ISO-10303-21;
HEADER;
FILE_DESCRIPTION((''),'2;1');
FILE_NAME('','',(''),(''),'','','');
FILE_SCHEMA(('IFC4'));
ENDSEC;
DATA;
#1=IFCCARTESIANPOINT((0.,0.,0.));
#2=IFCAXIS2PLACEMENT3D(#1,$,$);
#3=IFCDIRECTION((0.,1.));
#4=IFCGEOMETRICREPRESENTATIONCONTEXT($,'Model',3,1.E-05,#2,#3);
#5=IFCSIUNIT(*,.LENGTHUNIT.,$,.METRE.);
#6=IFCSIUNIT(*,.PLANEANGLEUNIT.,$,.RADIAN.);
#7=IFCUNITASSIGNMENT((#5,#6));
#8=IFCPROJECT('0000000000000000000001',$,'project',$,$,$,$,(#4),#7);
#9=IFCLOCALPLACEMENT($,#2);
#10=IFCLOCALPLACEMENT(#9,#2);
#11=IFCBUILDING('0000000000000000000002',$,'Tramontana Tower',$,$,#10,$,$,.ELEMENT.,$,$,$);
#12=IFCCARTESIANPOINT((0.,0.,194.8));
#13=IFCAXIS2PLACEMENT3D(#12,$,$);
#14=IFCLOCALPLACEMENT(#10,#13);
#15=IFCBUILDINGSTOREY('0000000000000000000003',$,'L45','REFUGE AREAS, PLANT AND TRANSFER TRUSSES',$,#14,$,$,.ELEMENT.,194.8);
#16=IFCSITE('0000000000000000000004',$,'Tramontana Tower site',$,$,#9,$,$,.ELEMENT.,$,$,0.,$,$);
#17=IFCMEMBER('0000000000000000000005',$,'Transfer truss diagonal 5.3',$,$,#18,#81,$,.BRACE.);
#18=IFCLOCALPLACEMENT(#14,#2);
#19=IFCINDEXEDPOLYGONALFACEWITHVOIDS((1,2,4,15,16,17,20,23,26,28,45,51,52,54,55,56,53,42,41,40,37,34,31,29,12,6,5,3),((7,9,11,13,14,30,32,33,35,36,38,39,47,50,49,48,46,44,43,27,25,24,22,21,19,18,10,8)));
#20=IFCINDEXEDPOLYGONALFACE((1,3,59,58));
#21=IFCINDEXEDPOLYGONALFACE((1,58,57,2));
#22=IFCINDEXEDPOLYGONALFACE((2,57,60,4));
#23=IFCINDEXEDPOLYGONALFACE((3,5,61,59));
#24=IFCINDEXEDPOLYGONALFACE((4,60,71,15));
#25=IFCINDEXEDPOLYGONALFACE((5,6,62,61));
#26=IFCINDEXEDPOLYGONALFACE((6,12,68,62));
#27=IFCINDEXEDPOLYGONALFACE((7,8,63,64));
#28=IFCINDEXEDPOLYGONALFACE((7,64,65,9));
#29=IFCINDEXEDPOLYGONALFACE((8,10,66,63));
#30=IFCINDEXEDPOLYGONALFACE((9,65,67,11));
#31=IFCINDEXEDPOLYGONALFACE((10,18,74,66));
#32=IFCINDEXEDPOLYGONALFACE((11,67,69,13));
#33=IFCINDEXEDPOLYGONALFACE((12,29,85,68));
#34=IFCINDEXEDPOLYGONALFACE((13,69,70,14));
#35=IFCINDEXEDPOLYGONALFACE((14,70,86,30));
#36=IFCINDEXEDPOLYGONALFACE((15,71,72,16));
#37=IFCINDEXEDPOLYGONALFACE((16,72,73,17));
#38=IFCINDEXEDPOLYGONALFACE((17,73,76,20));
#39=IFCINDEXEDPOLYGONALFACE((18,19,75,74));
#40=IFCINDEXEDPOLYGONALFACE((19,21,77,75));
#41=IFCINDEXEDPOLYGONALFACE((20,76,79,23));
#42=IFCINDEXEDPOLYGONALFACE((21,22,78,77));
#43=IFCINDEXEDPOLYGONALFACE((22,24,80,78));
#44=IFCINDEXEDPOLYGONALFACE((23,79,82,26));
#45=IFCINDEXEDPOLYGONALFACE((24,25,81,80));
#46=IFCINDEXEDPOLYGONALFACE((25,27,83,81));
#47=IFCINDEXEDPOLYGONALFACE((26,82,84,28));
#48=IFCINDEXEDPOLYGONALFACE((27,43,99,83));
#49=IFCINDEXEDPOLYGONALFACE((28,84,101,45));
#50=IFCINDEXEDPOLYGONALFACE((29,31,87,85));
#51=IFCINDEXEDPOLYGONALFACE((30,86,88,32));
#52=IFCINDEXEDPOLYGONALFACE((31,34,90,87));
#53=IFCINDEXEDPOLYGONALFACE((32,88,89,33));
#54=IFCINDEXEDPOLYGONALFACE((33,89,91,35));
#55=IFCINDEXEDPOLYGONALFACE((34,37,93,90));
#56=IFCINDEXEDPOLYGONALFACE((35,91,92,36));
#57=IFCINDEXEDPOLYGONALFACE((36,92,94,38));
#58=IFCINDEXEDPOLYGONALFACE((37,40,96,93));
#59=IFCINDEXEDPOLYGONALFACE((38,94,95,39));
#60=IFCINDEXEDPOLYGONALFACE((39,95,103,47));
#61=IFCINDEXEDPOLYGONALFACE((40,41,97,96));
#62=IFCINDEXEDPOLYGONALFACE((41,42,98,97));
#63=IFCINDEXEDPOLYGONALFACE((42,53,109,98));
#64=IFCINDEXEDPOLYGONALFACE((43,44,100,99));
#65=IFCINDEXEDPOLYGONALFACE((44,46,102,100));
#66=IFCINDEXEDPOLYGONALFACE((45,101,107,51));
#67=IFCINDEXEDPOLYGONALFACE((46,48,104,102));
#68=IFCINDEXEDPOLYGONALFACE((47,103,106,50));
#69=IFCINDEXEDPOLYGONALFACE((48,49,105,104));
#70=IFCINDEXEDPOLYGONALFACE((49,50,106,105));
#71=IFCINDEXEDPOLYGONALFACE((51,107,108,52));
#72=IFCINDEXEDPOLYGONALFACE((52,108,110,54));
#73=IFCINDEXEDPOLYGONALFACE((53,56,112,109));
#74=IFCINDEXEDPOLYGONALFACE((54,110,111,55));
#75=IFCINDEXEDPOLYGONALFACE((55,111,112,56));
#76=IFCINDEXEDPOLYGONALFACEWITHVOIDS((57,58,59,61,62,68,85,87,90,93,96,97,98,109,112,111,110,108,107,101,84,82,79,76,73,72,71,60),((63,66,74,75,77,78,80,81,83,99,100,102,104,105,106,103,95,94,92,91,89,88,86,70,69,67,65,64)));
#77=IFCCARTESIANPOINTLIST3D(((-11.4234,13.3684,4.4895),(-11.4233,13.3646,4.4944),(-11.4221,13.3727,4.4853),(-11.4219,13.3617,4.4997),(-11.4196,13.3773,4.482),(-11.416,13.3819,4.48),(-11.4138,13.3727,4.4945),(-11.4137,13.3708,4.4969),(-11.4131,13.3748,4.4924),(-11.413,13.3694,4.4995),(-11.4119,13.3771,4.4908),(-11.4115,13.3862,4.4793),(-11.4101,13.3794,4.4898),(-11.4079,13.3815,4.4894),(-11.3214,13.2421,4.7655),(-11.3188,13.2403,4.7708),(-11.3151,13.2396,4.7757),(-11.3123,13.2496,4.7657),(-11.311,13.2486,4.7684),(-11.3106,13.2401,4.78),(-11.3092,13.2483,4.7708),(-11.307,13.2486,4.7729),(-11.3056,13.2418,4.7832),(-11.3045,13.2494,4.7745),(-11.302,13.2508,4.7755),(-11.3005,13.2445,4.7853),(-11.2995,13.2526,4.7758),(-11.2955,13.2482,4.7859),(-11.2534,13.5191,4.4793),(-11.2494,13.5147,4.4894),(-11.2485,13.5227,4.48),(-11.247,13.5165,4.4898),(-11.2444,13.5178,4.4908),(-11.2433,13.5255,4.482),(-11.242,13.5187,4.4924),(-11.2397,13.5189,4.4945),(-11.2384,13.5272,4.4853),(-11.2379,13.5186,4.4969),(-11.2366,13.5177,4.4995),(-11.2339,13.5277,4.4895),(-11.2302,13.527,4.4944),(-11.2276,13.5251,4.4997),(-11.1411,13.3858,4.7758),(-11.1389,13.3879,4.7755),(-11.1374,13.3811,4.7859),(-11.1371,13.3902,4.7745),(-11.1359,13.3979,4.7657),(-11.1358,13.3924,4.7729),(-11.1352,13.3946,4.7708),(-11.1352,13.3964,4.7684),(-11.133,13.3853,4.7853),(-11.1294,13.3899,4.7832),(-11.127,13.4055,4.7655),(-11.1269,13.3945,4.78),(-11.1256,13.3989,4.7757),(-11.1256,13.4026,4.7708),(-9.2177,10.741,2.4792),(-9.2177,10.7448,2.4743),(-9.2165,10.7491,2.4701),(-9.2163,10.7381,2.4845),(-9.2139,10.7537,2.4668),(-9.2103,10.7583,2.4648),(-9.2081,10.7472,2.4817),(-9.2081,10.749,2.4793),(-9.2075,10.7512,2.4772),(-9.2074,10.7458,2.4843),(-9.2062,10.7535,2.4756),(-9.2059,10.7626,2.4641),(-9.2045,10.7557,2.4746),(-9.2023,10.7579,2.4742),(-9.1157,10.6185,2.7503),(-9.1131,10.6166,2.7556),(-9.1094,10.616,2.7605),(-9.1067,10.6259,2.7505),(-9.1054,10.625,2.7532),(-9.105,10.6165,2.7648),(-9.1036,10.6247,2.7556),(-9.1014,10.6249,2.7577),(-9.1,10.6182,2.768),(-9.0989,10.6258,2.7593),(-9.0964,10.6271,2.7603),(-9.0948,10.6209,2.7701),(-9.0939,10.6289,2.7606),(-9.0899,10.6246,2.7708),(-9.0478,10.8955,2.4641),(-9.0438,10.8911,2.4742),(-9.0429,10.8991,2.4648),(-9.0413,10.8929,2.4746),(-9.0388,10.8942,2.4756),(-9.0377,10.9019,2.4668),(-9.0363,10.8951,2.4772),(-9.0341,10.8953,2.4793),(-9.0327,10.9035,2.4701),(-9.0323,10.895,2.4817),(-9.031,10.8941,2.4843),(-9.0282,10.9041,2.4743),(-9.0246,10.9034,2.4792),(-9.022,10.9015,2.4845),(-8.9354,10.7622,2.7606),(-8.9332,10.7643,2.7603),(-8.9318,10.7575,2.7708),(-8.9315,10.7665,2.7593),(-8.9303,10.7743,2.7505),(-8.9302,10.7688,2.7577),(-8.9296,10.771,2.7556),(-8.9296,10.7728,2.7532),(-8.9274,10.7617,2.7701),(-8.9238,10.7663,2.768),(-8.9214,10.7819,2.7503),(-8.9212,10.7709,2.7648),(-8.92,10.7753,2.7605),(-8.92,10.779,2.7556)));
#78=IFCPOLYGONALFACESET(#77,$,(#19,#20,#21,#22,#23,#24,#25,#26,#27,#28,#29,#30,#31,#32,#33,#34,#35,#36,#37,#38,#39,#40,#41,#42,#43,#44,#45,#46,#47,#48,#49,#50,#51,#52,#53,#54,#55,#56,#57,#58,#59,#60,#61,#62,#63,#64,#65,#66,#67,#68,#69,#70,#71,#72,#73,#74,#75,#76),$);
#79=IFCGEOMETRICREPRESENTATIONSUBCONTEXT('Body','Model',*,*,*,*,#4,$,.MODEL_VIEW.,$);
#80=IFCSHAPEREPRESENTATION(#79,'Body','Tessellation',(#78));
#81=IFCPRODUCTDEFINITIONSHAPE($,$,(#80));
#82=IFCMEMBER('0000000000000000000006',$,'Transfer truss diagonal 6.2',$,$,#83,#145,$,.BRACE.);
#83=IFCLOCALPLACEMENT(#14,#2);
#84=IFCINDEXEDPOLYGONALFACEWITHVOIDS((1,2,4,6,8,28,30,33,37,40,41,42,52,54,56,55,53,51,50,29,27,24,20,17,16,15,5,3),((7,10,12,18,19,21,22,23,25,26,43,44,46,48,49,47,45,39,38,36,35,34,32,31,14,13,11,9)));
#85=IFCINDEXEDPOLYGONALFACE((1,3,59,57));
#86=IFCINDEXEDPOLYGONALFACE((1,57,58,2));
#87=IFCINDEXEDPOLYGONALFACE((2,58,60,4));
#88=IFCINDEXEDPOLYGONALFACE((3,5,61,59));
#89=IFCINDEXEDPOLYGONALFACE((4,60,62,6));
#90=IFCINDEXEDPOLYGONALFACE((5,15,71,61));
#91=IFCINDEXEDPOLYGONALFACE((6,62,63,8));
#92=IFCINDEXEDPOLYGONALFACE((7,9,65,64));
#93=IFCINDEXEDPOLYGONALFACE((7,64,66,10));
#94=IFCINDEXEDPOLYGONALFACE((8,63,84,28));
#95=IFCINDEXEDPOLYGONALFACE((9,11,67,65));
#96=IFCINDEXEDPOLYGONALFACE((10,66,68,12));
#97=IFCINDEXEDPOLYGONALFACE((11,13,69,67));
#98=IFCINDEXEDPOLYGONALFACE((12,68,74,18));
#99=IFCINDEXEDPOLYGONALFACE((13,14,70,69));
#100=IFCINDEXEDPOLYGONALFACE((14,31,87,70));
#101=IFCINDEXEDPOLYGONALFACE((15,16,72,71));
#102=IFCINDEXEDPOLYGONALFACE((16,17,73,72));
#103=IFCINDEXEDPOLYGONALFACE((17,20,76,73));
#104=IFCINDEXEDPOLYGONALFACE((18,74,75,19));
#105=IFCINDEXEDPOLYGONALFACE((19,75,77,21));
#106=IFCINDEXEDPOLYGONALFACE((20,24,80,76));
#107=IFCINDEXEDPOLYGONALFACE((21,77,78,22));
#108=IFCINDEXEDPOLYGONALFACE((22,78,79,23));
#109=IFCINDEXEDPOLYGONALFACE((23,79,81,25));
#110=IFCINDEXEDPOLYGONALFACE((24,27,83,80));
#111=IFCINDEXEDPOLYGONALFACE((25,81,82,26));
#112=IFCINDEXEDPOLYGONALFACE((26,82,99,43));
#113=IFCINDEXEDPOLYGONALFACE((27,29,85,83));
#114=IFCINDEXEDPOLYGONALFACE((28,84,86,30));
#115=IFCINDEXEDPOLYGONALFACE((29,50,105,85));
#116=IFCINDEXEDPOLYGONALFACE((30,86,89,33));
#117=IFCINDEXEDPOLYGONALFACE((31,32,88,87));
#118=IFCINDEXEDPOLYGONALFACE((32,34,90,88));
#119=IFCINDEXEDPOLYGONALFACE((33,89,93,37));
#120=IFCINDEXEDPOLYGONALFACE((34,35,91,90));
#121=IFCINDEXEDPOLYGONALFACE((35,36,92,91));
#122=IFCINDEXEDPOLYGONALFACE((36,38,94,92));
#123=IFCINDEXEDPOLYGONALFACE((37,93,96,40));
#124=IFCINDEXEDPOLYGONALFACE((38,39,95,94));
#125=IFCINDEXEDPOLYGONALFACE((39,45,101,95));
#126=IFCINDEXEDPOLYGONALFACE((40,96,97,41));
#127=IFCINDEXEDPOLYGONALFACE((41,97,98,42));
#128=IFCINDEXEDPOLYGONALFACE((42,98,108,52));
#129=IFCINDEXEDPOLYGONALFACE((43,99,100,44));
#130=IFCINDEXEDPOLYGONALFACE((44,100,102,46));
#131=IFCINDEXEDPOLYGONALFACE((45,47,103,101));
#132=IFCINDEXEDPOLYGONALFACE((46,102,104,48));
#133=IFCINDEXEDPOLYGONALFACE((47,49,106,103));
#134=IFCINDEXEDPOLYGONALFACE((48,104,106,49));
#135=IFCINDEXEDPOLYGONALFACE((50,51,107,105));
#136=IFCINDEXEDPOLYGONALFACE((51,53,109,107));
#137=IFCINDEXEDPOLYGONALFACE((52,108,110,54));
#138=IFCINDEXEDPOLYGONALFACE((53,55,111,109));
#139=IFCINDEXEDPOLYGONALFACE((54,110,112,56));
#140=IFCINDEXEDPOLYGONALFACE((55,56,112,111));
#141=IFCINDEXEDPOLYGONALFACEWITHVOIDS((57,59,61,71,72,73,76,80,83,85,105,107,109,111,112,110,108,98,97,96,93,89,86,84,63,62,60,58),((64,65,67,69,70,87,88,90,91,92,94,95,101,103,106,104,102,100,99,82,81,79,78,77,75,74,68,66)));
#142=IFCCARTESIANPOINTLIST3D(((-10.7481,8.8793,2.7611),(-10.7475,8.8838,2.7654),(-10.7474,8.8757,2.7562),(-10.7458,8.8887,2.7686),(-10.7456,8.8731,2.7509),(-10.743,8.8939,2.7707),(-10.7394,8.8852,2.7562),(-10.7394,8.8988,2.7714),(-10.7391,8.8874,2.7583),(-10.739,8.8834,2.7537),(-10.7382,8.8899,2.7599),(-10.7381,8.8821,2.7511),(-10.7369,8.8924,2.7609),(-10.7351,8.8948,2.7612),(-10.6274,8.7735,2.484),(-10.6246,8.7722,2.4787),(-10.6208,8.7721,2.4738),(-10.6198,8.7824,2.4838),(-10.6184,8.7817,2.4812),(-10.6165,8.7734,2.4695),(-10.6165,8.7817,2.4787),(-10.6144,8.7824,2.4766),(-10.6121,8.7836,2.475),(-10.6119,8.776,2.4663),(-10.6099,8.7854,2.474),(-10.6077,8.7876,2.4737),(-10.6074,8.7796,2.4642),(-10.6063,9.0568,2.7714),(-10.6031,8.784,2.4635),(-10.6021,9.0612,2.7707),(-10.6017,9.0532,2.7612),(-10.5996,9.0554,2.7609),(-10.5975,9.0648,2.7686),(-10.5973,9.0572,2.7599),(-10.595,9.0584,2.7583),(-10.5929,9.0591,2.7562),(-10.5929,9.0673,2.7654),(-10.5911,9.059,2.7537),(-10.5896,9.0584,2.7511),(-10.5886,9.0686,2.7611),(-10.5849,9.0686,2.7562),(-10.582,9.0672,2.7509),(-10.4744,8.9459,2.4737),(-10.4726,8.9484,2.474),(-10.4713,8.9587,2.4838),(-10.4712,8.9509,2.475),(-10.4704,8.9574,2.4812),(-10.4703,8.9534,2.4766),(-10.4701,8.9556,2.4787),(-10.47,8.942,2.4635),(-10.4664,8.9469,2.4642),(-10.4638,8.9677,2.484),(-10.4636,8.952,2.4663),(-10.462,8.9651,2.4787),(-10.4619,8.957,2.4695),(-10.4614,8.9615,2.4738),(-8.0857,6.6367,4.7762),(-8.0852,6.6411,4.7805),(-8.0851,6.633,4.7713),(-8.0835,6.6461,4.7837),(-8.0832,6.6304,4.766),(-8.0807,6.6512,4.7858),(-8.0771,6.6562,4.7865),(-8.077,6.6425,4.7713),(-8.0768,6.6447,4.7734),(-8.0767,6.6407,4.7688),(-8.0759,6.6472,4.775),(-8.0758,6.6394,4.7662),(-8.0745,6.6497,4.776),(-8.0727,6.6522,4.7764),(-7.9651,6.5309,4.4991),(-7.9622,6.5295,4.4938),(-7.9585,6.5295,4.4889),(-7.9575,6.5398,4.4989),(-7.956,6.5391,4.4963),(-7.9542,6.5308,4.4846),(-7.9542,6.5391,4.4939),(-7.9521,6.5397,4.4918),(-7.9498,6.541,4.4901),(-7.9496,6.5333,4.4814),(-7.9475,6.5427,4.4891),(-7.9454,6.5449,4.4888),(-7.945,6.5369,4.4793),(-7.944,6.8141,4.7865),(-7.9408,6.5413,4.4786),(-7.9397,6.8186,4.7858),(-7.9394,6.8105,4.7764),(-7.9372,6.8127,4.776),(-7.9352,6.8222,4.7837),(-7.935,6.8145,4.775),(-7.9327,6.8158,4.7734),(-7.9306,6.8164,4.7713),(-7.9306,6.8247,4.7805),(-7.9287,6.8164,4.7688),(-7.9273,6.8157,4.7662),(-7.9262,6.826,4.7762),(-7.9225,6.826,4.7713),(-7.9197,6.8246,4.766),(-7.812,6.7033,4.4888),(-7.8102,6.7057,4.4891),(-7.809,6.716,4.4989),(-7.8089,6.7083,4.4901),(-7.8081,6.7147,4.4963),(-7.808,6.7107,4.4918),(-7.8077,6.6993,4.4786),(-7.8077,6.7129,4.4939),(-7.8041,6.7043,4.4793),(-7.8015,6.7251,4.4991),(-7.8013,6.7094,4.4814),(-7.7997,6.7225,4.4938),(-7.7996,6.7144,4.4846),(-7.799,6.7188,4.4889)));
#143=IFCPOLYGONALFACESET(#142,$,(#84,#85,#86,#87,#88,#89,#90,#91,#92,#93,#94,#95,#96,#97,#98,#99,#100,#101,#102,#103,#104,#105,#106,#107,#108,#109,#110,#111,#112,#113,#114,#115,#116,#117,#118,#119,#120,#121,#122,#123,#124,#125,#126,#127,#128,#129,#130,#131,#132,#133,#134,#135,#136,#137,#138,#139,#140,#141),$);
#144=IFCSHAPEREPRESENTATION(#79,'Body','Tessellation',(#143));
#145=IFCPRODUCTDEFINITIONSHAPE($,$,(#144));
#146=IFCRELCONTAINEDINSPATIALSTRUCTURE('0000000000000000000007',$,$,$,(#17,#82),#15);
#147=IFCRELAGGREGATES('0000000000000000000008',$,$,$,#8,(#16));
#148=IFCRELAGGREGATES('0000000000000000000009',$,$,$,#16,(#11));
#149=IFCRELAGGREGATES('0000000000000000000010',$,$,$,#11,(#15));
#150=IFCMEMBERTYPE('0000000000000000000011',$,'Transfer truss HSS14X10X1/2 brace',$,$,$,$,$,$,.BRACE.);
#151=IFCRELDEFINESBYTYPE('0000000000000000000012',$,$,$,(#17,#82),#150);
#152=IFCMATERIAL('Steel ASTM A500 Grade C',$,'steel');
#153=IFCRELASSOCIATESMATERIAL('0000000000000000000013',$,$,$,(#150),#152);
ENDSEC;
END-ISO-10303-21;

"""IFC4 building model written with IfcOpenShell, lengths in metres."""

from ifc_helpers import new_model, si_unit, direction, frame, origin, origin_2d, place, context, subcontext, project, spatial, hollow_rectangle, extrude, material, material_profile, profile_set, type_object, element, save


model = new_model("IFC4")

# Units and contexts
model_context = context("Model", 3, precision=1e-05, world=origin(), true_north=direction((0.0, 1.0)))
body_context = subcontext(model_context, "Body", "Model", "MODEL_VIEW")
ifc_project = project(units=[si_unit("LENGTHUNIT", "METRE"), si_unit("PLANEANGLEUNIT", "RADIAN")], contexts=[model_context])

# Site, building, storey
site_placement = place(None, origin())
site = spatial("IfcSite", under=ifc_project, at=site_placement, Name="Tramontana Tower site", CompositionType="ELEMENT", RefElevation=0.0)
building_placement = place(site_placement, origin())
building = spatial("IfcBuilding", under=site, at=building_placement, Name="Tramontana Tower", CompositionType="ELEMENT")
storey_placement = place(building_placement, frame((0.0, 0.0, 194.8)))
storey = spatial("IfcBuildingStorey", under=building, at=storey_placement, Name="L45", Description="REFUGE AREAS, PLANT AND TRANSFER TRUSSES", CompositionType="ELEMENT", Elevation=194.8)

# Members
ifc_material_1 = material(Name="Steel ASTM A500 Grade C", Category="steel")
ifc_material_profile_1 = material_profile(ifc_material_1, hollow_rectangle(XDim=0.2539, YDim=0.3557, WallThickness=0.0117, InnerFilletRadius=0.0117, OuterFilletRadius=0.0237, at=origin_2d()), Name="HSS14X10X1/2")
ifc_profile_set_1 = profile_set([ifc_material_profile_1], Name="Steel ASTM A500 Grade C")
member_type_1 = type_object("IfcMemberType", Name="Transfer truss HSS14X10X1/2 brace", PredefinedType="BRACE", material=ifc_profile_set_1)
member_1_placement = place(storey_placement, frame((-9.0688, 10.76, 2.6174), z_axis=(-0.554726, 0.65985, 0.506831), x_axis=(-0.765447, -0.643499, 0.0)))
element("IfcMember", 1, at=member_1_placement, inside=storey, type_object=member_type_1, Name="Transfer truss diagonal 5.3", PredefinedType="BRACE", context=body_context, shape_type="SweptSolid", body=[
    extrude(hollow_rectangle(XDim=0.2539, YDim=0.3557, WallThickness=0.0117, InnerFilletRadius=0.0117, OuterFilletRadius=0.0237, at=origin_2d()), origin(), (0.0, 0.0, 1.0), 3.9761),
])
member_2_placement = place(storey_placement, frame((-7.9424, 6.6777, 4.6326), z_axis=(-0.661906, 0.557567, -0.500997), x_axis=(-0.644252, -0.764813, 0.0)))
element("IfcMember", 2, at=member_2_placement, inside=storey, type_object=member_type_1, Name="Transfer truss diagonal 6.2", PredefinedType="BRACE", context=body_context, shape_type="SweptSolid", body=[
    extrude(hollow_rectangle(XDim=0.2539, YDim=0.3557, WallThickness=0.0117, InnerFilletRadius=0.0117, OuterFilletRadius=0.0237, at=origin_2d()), origin(), (0.0, 0.0, 1.0), 4.0222),
])

save(model, "model.ifc")
